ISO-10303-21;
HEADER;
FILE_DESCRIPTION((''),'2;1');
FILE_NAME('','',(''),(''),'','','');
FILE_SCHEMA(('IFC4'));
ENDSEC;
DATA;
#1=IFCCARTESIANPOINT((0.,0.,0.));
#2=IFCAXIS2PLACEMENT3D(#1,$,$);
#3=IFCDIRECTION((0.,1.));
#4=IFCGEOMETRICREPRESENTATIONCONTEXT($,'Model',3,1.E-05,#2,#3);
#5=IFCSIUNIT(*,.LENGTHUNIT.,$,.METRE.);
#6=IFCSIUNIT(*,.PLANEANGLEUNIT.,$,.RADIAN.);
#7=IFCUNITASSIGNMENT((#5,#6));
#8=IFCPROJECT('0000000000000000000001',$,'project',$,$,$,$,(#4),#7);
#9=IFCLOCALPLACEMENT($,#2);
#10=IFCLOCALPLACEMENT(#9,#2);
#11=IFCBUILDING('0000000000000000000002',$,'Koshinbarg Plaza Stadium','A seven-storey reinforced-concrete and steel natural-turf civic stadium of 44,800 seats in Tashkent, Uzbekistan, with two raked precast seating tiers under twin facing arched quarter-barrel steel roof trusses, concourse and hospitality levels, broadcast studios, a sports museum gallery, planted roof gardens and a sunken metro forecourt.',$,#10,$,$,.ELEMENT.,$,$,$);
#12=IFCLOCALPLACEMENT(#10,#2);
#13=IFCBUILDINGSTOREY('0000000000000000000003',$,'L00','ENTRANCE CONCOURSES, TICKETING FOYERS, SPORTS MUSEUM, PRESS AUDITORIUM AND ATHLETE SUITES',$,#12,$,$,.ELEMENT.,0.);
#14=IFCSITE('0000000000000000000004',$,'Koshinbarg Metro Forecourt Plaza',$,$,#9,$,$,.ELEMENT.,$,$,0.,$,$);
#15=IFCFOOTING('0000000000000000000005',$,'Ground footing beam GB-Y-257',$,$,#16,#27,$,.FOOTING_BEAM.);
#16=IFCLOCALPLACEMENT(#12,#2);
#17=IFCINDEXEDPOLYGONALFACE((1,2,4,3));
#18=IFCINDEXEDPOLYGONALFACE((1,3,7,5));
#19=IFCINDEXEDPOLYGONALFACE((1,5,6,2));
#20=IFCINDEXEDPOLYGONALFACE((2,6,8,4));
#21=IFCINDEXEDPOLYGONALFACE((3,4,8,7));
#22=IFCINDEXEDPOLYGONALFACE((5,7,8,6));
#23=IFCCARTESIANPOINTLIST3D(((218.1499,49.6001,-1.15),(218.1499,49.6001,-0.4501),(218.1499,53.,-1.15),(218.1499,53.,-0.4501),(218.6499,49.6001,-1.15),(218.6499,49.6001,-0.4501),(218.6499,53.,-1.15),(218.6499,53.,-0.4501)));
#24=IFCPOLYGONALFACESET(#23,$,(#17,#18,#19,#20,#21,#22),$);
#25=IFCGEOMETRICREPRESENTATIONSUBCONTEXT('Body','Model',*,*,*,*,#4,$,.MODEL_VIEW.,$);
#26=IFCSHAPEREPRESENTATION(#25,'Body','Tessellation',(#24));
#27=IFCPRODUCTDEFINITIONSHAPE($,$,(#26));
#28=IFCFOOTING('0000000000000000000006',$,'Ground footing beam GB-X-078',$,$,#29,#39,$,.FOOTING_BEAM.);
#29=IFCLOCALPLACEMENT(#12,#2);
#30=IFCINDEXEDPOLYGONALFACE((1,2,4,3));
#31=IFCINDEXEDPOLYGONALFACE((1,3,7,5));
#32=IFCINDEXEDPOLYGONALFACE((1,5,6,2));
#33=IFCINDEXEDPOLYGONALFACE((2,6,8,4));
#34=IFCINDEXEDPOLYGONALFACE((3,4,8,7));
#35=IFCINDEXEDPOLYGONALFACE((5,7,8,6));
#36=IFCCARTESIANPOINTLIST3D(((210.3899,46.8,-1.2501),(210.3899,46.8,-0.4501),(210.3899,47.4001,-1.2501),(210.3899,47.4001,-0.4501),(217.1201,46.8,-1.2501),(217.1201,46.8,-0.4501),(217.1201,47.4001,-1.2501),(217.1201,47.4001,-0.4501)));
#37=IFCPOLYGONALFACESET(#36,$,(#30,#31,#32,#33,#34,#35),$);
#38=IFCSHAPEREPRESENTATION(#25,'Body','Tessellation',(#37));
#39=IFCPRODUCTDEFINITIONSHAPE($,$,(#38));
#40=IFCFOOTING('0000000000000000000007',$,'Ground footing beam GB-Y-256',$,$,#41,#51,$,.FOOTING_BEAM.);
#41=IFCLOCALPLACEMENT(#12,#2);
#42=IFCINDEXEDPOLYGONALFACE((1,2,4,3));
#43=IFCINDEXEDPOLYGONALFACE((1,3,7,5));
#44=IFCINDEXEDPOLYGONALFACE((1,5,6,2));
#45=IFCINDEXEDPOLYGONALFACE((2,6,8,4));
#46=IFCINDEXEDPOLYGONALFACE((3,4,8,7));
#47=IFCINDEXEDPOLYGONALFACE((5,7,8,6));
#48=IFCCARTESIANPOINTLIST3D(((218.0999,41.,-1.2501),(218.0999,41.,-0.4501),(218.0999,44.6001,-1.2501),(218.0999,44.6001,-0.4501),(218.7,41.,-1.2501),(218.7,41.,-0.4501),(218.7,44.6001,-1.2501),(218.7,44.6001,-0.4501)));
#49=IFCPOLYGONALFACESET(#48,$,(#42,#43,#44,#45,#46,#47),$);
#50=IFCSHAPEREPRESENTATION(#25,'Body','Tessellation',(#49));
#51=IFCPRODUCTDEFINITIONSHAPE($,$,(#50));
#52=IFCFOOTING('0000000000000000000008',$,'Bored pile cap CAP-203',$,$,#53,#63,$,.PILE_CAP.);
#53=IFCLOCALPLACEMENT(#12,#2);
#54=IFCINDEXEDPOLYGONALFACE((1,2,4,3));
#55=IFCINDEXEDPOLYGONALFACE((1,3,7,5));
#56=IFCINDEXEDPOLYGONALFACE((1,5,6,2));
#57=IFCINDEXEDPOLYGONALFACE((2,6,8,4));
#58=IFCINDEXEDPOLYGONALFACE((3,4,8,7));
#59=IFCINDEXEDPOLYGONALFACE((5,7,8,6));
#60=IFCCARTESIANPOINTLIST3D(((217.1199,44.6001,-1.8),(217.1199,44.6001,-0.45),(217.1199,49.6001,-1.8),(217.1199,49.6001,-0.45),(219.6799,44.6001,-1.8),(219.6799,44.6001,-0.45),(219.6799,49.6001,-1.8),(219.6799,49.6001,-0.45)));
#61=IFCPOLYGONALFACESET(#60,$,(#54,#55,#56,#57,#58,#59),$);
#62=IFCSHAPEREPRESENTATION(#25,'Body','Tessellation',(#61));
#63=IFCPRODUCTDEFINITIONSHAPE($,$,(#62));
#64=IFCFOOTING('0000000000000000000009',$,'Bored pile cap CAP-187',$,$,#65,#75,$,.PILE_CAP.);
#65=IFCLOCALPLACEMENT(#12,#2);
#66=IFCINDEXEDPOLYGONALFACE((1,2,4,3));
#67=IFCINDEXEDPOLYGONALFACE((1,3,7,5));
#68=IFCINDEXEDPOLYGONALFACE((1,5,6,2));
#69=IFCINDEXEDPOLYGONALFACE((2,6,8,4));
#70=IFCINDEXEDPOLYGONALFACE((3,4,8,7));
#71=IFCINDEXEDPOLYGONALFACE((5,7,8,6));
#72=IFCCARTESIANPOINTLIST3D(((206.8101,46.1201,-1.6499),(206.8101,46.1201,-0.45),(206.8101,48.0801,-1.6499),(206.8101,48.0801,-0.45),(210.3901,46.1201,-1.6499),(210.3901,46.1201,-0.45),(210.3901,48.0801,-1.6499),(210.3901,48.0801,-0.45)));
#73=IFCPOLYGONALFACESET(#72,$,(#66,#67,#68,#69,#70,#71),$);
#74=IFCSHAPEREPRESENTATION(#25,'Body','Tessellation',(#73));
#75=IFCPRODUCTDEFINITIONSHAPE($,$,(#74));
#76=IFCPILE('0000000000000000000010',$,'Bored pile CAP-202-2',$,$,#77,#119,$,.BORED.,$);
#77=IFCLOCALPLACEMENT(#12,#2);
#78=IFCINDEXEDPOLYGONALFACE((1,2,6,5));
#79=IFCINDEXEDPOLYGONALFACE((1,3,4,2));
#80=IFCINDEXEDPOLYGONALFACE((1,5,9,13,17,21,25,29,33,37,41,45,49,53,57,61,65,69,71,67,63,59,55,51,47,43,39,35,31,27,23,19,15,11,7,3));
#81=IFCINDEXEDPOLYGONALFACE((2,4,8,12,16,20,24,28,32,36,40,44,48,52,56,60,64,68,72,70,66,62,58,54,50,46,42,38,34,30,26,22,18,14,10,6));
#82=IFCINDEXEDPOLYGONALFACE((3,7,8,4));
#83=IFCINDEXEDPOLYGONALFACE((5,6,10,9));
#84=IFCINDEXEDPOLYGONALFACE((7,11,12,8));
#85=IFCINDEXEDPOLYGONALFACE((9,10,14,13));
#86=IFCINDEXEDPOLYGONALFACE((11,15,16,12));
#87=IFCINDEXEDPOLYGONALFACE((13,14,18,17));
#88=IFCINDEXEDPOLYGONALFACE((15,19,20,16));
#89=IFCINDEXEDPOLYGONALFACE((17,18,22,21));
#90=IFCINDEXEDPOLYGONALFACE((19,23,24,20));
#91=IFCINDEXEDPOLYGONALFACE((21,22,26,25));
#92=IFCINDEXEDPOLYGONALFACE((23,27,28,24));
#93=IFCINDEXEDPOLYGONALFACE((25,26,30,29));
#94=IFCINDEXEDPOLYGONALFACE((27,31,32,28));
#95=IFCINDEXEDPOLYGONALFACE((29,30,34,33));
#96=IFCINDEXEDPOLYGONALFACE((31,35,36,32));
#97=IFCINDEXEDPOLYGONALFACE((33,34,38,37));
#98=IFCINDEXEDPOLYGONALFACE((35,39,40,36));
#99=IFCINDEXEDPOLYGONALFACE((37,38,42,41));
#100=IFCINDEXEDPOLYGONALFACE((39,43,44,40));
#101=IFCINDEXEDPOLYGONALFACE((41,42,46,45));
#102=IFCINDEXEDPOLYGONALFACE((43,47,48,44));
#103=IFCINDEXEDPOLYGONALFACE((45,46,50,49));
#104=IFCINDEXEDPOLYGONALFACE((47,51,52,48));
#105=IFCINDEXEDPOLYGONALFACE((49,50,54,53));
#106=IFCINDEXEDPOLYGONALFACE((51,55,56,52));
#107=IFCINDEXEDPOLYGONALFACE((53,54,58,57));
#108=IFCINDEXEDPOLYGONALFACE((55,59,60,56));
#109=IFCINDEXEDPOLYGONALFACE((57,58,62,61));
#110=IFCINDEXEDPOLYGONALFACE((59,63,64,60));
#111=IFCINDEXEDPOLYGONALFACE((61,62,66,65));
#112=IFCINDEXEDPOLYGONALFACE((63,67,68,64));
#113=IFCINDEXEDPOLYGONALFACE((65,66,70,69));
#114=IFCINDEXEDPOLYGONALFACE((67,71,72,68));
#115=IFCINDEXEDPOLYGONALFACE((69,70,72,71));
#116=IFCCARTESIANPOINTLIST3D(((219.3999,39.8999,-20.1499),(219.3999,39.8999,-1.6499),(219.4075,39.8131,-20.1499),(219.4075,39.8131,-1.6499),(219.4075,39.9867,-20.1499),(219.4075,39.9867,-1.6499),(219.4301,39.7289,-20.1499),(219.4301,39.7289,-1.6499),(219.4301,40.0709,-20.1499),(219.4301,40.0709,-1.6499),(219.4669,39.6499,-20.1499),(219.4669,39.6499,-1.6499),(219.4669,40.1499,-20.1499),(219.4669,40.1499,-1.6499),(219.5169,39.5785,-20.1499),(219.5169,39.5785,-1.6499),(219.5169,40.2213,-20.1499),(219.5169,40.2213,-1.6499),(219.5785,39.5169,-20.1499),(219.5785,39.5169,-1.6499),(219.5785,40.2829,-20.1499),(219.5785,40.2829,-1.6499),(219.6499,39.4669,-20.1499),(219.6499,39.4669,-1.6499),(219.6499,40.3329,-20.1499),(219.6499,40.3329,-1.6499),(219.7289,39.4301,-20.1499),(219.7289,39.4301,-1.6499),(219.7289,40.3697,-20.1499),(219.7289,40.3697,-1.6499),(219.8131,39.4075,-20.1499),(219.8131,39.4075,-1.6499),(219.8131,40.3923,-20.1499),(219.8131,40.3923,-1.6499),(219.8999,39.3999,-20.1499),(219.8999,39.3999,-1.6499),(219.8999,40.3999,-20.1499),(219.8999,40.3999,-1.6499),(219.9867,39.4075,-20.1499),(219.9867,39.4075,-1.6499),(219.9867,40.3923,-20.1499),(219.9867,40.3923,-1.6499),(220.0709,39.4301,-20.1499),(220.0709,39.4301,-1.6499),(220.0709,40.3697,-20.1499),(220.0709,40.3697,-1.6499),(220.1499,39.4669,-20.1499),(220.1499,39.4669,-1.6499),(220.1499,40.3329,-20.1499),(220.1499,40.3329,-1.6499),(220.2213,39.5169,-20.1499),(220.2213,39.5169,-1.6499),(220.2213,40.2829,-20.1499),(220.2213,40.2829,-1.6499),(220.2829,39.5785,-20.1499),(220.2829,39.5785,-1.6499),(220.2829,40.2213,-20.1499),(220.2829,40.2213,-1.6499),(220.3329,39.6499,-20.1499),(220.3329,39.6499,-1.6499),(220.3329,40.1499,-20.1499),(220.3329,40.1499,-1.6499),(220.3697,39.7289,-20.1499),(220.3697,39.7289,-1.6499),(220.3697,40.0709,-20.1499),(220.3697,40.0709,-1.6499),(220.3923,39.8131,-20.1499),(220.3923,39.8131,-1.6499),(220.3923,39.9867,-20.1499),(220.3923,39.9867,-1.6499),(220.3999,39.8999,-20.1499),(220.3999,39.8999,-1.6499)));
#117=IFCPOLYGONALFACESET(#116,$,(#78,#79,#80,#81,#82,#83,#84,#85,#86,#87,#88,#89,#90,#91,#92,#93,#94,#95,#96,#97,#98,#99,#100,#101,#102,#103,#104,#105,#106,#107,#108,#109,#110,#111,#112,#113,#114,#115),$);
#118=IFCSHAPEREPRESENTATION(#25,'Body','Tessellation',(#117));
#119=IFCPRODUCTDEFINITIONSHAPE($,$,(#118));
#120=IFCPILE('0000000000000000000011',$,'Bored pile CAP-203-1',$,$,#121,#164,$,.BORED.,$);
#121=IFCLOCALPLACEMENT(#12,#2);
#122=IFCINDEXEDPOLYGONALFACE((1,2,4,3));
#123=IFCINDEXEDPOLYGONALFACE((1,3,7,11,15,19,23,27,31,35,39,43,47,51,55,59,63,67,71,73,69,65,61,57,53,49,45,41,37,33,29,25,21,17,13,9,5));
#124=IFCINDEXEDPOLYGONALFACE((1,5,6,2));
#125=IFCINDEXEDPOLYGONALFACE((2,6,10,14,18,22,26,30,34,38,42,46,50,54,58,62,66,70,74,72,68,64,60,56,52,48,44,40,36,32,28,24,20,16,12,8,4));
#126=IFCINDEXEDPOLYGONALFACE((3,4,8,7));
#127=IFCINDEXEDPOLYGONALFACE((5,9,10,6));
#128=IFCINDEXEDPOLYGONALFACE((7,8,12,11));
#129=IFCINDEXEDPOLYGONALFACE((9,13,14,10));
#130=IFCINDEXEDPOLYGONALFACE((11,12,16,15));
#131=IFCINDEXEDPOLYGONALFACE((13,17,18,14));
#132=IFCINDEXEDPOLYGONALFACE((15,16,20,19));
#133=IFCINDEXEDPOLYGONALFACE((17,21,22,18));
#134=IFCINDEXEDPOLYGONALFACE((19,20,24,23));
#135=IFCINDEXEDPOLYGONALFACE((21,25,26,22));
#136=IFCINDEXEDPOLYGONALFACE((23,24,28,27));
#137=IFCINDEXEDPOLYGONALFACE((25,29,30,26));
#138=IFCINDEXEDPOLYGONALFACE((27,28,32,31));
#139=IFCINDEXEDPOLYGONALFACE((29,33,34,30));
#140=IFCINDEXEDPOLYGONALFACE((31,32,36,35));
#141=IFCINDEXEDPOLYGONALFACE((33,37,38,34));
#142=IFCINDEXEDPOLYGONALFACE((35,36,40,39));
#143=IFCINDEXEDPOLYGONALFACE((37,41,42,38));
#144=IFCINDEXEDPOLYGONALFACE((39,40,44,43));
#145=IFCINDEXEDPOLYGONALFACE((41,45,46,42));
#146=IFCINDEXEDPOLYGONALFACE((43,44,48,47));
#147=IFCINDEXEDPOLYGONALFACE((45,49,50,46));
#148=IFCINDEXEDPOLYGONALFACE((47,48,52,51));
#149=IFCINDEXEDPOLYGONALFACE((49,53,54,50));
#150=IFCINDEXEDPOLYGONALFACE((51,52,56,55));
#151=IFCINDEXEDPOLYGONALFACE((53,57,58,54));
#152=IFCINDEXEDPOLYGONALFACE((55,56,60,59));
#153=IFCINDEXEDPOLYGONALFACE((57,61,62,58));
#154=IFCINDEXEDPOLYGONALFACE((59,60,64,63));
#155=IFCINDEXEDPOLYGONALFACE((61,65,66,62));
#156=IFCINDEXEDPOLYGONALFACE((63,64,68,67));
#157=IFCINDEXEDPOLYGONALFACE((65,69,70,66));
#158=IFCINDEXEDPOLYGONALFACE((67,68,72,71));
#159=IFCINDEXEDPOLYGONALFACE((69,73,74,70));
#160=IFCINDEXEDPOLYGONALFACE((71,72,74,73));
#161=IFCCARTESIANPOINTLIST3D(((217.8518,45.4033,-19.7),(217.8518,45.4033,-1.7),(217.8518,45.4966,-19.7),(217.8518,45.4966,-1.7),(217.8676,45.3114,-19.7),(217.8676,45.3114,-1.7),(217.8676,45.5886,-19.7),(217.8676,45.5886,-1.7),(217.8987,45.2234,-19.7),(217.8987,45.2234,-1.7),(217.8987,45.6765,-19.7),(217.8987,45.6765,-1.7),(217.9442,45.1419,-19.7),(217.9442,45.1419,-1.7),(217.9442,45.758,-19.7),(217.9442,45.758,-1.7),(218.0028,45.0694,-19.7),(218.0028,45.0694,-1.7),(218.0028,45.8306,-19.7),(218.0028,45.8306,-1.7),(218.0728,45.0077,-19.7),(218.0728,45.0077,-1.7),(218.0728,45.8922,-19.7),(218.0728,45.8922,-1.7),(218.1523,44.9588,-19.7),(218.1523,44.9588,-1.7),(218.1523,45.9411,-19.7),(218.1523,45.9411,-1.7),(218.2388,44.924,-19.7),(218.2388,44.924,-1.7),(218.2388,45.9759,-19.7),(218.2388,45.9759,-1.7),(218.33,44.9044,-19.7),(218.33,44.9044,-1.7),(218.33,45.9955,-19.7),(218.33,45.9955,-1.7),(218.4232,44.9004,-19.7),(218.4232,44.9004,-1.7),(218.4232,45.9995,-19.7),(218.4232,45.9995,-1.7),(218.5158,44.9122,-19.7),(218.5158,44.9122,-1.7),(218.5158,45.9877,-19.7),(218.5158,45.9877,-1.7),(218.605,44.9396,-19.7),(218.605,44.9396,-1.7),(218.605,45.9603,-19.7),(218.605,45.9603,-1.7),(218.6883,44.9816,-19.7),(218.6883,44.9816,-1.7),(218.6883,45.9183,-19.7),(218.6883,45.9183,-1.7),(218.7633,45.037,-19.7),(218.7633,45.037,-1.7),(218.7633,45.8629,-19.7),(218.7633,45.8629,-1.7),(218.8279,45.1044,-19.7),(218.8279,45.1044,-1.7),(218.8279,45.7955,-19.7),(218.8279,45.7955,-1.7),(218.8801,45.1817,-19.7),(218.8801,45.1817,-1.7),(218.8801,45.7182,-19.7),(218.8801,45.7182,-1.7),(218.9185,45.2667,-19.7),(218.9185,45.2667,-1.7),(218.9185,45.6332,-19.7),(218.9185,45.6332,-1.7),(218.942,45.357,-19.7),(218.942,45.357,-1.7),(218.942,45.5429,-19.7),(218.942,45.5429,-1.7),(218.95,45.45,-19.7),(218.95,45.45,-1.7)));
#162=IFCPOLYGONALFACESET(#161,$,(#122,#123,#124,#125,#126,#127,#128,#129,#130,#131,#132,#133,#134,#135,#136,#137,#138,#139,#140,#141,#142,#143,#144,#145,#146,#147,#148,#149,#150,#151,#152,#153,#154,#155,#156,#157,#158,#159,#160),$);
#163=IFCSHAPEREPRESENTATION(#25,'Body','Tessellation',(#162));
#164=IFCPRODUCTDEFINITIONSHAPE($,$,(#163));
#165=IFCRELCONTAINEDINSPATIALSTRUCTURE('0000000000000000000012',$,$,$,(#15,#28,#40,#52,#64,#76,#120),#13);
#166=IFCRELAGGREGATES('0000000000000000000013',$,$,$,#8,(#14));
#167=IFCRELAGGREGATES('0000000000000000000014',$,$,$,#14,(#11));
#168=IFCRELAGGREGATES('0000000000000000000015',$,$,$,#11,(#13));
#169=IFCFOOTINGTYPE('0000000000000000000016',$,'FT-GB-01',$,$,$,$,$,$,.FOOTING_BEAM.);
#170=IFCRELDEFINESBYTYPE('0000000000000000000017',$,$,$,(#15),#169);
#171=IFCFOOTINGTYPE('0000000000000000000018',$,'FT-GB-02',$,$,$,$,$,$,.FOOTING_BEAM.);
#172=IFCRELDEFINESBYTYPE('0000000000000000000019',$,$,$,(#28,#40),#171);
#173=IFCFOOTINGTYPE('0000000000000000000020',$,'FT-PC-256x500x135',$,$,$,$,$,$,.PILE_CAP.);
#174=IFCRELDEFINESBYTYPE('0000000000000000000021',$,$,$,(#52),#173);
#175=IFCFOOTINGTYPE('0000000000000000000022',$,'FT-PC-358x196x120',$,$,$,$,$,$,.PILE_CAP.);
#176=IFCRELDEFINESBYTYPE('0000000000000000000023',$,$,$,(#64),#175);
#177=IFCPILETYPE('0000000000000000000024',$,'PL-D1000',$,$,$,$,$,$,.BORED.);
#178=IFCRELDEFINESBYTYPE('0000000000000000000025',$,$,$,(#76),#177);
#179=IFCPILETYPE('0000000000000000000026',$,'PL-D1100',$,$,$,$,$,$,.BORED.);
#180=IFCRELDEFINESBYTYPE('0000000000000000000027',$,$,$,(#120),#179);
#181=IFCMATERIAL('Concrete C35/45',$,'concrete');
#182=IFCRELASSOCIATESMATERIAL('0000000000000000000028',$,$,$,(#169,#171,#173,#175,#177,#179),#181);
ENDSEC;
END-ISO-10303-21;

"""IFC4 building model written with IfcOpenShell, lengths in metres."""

from ifc_helpers import new_model, si_unit, direction, frame, origin, origin_2d, place, context, subcontext, project, spatial, rectangle, circle, extrude, material, material_profile, profile_set, type_object, element, save


model = new_model("IFC4")

# Units and contexts
model_context = context("Model", 3, precision=1e-05, world=origin(), true_north=direction((0.0, 1.0)))
body_context = subcontext(model_context, "Body", "Model", "MODEL_VIEW")
ifc_project = project(units=[si_unit("LENGTHUNIT", "METRE"), si_unit("PLANEANGLEUNIT", "RADIAN")], contexts=[model_context])

# Site, building, storey
site_placement = place(None, origin())
site = spatial("IfcSite", under=ifc_project, at=site_placement, Name="Koshinbarg Metro Forecourt Plaza", CompositionType="ELEMENT", RefElevation=0.0)
building_placement = place(site_placement, origin())
building = spatial("IfcBuilding", under=site, at=building_placement, Name="Koshinbarg Plaza Stadium", Description="A seven-storey reinforced-concrete and steel natural-turf civic stadium of 44,800 seats in Tashkent, Uzbekistan, with two raked precast seating tiers under twin facing arched quarter-barrel steel roof trusses, concourse and hospitality levels, broadcast studios, a sports museum gallery, planted roof gardens and a sunken metro forecourt.", CompositionType="ELEMENT")
storey_placement = place(building_placement, origin())
storey = spatial("IfcBuildingStorey", under=building, at=storey_placement, Name="L00", Description="ENTRANCE CONCOURSES, TICKETING FOYERS, SPORTS MUSEUM, PRESS AUDITORIUM AND ATHLETE SUITES", CompositionType="ELEMENT", Elevation=0.0)

# Footings
ifc_material_1 = material(Name="Concrete C35/45", Category="concrete")
ifc_material_profile_1 = material_profile(ifc_material_1, rectangle(XDim=0.5, YDim=0.7, at=origin_2d()), Name="GB 500x700")
ifc_profile_set_1 = profile_set([ifc_material_profile_1], Name="Concrete C35/45")
footing_type_1 = type_object("IfcFootingType", Name="FT-GB-01", PredefinedType="FOOTING_BEAM", material=ifc_profile_set_1)
footing_1_placement = place(storey_placement, frame((218.3999, 49.6001, -0.8), z_axis=(0.0, 1.0, 0.0), x_axis=(-1.0, 0.0, 0.0)))
element("IfcFooting", 1, at=footing_1_placement, inside=storey, type_object=footing_type_1, Name="Ground footing beam GB-Y-257", PredefinedType="FOOTING_BEAM", context=body_context, shape_type="SweptSolid", body=[
    extrude(rectangle(XDim=0.5, YDim=0.7, at=origin_2d()), origin(), (0.0, 0.0, 1.0), 3.3999),
])
ifc_material_profile_2 = material_profile(ifc_material_1, rectangle(XDim=0.6001, YDim=0.8, at=origin_2d()), Name="GB 600x800")
ifc_profile_set_2 = profile_set([ifc_material_profile_2], Name="Concrete C35/45")
footing_type_2 = type_object("IfcFootingType", Name="FT-GB-02", PredefinedType="FOOTING_BEAM", material=ifc_profile_set_2)
footing_2_placement = place(storey_placement, frame((210.3899, 47.1001, -0.8501), z_axis=(1.0, 0.0, 0.0), x_axis=(0.0, 1.0, 0.0)))
element("IfcFooting", 2, at=footing_2_placement, inside=storey, type_object=footing_type_2, Name="Ground footing beam GB-X-078", PredefinedType="FOOTING_BEAM", context=body_context, shape_type="SweptSolid", body=[
    extrude(rectangle(XDim=0.6001, YDim=0.8, at=origin_2d()), origin(), (0.0, 0.0, 1.0), 6.7302),
])
footing_3_placement = place(storey_placement, frame((218.3999, 41.0, -0.8501), z_axis=(0.0, 1.0, 0.0), x_axis=(-1.0, 0.0, 0.0)))
element("IfcFooting", 3, at=footing_3_placement, inside=storey, type_object=footing_type_2, Name="Ground footing beam GB-Y-256", PredefinedType="FOOTING_BEAM", context=body_context, shape_type="SweptSolid", body=[
    extrude(rectangle(XDim=0.6001, YDim=0.8, at=origin_2d()), origin(), (0.0, 0.0, 1.0), 3.6001),
])
footing_type_3 = type_object("IfcFootingType", Name="FT-PC-256x500x135", PredefinedType="PILE_CAP", material=ifc_material_1)
footing_4_placement = place(storey_placement, frame((218.3999, 47.1001, -1.8), z_axis=(0.0, 0.0, 1.0), x_axis=(1.0, 0.0, 0.0)))
element("IfcFooting", 4, at=footing_4_placement, inside=storey, type_object=footing_type_3, Name="Bored pile cap CAP-203", PredefinedType="PILE_CAP", context=body_context, shape_type="SweptSolid", body=[
    extrude(rectangle(XDim=2.5601, YDim=5.0, at=origin_2d()), origin(), (0.0, 0.0, 1.0), 1.3501),
])
footing_type_4 = type_object("IfcFootingType", Name="FT-PC-358x196x120", PredefinedType="PILE_CAP", material=ifc_material_1)
footing_5_placement = place(storey_placement, frame((208.6001, 47.1001, -1.6499), z_axis=(0.0, 0.0, 1.0), x_axis=(1.0, 0.0, 0.0)))
element("IfcFooting", 5, at=footing_5_placement, inside=storey, type_object=footing_type_4, Name="Bored pile cap CAP-187", PredefinedType="PILE_CAP", context=body_context, shape_type="SweptSolid", body=[
    extrude(rectangle(XDim=3.5801, YDim=1.96, at=origin_2d()), origin(), (0.0, 0.0, 1.0), 1.2),
])

# Piles
ifc_material_profile_3 = material_profile(ifc_material_1, circle(Radius=0.5, at=origin_2d()), Name="PILE D1000")
ifc_profile_set_3 = profile_set([ifc_material_profile_3], Name="Concrete C35/45")
pile_type_1 = type_object("IfcPileType", Name="PL-D1000", PredefinedType="BORED", material=ifc_profile_set_3)
pile_placement = place(storey_placement, frame((219.8999, 39.8999, -1.6499), z_axis=(0.0, 0.0, -1.0), x_axis=(1.0, 0.0, 0.0)))
element("IfcPile", 6, at=pile_placement, inside=storey, type_object=pile_type_1, Name="Bored pile CAP-202-2", PredefinedType="BORED", context=body_context, shape_type="SweptSolid", body=[
    extrude(circle(Radius=0.5, at=origin_2d()), origin(), (0.0, 0.0, 1.0), 18.5),
])
ifc_material_profile_4 = material_profile(ifc_material_1, circle(Radius=0.55, at=origin_2d()), Name="PILE D1100")
ifc_profile_set_4 = profile_set([ifc_material_profile_4], Name="Concrete C35/45")
pile_type_2 = type_object("IfcPileType", Name="PL-D1100", PredefinedType="BORED", material=ifc_profile_set_4)
for number, where, z_axis, x_axis, name in (
    (7, (218.3999, 45.45, -1.7), (0.0, 0.0, -1.0), (1.0, 0.0, 0.0), "Bored pile CAP-203-1"),
):
    element("IfcPile", number, at=place(storey_placement, frame(where, z_axis=z_axis, x_axis=x_axis)), inside=storey, type_object=pile_type_2, Name=name, PredefinedType="BORED", context=body_context, shape_type="SweptSolid", body=[
        extrude(circle(Radius=0.55, at=origin_2d()), origin(), (0.0, 0.0, 1.0), 18.0),
    ])

save(model, "model.ifc")
